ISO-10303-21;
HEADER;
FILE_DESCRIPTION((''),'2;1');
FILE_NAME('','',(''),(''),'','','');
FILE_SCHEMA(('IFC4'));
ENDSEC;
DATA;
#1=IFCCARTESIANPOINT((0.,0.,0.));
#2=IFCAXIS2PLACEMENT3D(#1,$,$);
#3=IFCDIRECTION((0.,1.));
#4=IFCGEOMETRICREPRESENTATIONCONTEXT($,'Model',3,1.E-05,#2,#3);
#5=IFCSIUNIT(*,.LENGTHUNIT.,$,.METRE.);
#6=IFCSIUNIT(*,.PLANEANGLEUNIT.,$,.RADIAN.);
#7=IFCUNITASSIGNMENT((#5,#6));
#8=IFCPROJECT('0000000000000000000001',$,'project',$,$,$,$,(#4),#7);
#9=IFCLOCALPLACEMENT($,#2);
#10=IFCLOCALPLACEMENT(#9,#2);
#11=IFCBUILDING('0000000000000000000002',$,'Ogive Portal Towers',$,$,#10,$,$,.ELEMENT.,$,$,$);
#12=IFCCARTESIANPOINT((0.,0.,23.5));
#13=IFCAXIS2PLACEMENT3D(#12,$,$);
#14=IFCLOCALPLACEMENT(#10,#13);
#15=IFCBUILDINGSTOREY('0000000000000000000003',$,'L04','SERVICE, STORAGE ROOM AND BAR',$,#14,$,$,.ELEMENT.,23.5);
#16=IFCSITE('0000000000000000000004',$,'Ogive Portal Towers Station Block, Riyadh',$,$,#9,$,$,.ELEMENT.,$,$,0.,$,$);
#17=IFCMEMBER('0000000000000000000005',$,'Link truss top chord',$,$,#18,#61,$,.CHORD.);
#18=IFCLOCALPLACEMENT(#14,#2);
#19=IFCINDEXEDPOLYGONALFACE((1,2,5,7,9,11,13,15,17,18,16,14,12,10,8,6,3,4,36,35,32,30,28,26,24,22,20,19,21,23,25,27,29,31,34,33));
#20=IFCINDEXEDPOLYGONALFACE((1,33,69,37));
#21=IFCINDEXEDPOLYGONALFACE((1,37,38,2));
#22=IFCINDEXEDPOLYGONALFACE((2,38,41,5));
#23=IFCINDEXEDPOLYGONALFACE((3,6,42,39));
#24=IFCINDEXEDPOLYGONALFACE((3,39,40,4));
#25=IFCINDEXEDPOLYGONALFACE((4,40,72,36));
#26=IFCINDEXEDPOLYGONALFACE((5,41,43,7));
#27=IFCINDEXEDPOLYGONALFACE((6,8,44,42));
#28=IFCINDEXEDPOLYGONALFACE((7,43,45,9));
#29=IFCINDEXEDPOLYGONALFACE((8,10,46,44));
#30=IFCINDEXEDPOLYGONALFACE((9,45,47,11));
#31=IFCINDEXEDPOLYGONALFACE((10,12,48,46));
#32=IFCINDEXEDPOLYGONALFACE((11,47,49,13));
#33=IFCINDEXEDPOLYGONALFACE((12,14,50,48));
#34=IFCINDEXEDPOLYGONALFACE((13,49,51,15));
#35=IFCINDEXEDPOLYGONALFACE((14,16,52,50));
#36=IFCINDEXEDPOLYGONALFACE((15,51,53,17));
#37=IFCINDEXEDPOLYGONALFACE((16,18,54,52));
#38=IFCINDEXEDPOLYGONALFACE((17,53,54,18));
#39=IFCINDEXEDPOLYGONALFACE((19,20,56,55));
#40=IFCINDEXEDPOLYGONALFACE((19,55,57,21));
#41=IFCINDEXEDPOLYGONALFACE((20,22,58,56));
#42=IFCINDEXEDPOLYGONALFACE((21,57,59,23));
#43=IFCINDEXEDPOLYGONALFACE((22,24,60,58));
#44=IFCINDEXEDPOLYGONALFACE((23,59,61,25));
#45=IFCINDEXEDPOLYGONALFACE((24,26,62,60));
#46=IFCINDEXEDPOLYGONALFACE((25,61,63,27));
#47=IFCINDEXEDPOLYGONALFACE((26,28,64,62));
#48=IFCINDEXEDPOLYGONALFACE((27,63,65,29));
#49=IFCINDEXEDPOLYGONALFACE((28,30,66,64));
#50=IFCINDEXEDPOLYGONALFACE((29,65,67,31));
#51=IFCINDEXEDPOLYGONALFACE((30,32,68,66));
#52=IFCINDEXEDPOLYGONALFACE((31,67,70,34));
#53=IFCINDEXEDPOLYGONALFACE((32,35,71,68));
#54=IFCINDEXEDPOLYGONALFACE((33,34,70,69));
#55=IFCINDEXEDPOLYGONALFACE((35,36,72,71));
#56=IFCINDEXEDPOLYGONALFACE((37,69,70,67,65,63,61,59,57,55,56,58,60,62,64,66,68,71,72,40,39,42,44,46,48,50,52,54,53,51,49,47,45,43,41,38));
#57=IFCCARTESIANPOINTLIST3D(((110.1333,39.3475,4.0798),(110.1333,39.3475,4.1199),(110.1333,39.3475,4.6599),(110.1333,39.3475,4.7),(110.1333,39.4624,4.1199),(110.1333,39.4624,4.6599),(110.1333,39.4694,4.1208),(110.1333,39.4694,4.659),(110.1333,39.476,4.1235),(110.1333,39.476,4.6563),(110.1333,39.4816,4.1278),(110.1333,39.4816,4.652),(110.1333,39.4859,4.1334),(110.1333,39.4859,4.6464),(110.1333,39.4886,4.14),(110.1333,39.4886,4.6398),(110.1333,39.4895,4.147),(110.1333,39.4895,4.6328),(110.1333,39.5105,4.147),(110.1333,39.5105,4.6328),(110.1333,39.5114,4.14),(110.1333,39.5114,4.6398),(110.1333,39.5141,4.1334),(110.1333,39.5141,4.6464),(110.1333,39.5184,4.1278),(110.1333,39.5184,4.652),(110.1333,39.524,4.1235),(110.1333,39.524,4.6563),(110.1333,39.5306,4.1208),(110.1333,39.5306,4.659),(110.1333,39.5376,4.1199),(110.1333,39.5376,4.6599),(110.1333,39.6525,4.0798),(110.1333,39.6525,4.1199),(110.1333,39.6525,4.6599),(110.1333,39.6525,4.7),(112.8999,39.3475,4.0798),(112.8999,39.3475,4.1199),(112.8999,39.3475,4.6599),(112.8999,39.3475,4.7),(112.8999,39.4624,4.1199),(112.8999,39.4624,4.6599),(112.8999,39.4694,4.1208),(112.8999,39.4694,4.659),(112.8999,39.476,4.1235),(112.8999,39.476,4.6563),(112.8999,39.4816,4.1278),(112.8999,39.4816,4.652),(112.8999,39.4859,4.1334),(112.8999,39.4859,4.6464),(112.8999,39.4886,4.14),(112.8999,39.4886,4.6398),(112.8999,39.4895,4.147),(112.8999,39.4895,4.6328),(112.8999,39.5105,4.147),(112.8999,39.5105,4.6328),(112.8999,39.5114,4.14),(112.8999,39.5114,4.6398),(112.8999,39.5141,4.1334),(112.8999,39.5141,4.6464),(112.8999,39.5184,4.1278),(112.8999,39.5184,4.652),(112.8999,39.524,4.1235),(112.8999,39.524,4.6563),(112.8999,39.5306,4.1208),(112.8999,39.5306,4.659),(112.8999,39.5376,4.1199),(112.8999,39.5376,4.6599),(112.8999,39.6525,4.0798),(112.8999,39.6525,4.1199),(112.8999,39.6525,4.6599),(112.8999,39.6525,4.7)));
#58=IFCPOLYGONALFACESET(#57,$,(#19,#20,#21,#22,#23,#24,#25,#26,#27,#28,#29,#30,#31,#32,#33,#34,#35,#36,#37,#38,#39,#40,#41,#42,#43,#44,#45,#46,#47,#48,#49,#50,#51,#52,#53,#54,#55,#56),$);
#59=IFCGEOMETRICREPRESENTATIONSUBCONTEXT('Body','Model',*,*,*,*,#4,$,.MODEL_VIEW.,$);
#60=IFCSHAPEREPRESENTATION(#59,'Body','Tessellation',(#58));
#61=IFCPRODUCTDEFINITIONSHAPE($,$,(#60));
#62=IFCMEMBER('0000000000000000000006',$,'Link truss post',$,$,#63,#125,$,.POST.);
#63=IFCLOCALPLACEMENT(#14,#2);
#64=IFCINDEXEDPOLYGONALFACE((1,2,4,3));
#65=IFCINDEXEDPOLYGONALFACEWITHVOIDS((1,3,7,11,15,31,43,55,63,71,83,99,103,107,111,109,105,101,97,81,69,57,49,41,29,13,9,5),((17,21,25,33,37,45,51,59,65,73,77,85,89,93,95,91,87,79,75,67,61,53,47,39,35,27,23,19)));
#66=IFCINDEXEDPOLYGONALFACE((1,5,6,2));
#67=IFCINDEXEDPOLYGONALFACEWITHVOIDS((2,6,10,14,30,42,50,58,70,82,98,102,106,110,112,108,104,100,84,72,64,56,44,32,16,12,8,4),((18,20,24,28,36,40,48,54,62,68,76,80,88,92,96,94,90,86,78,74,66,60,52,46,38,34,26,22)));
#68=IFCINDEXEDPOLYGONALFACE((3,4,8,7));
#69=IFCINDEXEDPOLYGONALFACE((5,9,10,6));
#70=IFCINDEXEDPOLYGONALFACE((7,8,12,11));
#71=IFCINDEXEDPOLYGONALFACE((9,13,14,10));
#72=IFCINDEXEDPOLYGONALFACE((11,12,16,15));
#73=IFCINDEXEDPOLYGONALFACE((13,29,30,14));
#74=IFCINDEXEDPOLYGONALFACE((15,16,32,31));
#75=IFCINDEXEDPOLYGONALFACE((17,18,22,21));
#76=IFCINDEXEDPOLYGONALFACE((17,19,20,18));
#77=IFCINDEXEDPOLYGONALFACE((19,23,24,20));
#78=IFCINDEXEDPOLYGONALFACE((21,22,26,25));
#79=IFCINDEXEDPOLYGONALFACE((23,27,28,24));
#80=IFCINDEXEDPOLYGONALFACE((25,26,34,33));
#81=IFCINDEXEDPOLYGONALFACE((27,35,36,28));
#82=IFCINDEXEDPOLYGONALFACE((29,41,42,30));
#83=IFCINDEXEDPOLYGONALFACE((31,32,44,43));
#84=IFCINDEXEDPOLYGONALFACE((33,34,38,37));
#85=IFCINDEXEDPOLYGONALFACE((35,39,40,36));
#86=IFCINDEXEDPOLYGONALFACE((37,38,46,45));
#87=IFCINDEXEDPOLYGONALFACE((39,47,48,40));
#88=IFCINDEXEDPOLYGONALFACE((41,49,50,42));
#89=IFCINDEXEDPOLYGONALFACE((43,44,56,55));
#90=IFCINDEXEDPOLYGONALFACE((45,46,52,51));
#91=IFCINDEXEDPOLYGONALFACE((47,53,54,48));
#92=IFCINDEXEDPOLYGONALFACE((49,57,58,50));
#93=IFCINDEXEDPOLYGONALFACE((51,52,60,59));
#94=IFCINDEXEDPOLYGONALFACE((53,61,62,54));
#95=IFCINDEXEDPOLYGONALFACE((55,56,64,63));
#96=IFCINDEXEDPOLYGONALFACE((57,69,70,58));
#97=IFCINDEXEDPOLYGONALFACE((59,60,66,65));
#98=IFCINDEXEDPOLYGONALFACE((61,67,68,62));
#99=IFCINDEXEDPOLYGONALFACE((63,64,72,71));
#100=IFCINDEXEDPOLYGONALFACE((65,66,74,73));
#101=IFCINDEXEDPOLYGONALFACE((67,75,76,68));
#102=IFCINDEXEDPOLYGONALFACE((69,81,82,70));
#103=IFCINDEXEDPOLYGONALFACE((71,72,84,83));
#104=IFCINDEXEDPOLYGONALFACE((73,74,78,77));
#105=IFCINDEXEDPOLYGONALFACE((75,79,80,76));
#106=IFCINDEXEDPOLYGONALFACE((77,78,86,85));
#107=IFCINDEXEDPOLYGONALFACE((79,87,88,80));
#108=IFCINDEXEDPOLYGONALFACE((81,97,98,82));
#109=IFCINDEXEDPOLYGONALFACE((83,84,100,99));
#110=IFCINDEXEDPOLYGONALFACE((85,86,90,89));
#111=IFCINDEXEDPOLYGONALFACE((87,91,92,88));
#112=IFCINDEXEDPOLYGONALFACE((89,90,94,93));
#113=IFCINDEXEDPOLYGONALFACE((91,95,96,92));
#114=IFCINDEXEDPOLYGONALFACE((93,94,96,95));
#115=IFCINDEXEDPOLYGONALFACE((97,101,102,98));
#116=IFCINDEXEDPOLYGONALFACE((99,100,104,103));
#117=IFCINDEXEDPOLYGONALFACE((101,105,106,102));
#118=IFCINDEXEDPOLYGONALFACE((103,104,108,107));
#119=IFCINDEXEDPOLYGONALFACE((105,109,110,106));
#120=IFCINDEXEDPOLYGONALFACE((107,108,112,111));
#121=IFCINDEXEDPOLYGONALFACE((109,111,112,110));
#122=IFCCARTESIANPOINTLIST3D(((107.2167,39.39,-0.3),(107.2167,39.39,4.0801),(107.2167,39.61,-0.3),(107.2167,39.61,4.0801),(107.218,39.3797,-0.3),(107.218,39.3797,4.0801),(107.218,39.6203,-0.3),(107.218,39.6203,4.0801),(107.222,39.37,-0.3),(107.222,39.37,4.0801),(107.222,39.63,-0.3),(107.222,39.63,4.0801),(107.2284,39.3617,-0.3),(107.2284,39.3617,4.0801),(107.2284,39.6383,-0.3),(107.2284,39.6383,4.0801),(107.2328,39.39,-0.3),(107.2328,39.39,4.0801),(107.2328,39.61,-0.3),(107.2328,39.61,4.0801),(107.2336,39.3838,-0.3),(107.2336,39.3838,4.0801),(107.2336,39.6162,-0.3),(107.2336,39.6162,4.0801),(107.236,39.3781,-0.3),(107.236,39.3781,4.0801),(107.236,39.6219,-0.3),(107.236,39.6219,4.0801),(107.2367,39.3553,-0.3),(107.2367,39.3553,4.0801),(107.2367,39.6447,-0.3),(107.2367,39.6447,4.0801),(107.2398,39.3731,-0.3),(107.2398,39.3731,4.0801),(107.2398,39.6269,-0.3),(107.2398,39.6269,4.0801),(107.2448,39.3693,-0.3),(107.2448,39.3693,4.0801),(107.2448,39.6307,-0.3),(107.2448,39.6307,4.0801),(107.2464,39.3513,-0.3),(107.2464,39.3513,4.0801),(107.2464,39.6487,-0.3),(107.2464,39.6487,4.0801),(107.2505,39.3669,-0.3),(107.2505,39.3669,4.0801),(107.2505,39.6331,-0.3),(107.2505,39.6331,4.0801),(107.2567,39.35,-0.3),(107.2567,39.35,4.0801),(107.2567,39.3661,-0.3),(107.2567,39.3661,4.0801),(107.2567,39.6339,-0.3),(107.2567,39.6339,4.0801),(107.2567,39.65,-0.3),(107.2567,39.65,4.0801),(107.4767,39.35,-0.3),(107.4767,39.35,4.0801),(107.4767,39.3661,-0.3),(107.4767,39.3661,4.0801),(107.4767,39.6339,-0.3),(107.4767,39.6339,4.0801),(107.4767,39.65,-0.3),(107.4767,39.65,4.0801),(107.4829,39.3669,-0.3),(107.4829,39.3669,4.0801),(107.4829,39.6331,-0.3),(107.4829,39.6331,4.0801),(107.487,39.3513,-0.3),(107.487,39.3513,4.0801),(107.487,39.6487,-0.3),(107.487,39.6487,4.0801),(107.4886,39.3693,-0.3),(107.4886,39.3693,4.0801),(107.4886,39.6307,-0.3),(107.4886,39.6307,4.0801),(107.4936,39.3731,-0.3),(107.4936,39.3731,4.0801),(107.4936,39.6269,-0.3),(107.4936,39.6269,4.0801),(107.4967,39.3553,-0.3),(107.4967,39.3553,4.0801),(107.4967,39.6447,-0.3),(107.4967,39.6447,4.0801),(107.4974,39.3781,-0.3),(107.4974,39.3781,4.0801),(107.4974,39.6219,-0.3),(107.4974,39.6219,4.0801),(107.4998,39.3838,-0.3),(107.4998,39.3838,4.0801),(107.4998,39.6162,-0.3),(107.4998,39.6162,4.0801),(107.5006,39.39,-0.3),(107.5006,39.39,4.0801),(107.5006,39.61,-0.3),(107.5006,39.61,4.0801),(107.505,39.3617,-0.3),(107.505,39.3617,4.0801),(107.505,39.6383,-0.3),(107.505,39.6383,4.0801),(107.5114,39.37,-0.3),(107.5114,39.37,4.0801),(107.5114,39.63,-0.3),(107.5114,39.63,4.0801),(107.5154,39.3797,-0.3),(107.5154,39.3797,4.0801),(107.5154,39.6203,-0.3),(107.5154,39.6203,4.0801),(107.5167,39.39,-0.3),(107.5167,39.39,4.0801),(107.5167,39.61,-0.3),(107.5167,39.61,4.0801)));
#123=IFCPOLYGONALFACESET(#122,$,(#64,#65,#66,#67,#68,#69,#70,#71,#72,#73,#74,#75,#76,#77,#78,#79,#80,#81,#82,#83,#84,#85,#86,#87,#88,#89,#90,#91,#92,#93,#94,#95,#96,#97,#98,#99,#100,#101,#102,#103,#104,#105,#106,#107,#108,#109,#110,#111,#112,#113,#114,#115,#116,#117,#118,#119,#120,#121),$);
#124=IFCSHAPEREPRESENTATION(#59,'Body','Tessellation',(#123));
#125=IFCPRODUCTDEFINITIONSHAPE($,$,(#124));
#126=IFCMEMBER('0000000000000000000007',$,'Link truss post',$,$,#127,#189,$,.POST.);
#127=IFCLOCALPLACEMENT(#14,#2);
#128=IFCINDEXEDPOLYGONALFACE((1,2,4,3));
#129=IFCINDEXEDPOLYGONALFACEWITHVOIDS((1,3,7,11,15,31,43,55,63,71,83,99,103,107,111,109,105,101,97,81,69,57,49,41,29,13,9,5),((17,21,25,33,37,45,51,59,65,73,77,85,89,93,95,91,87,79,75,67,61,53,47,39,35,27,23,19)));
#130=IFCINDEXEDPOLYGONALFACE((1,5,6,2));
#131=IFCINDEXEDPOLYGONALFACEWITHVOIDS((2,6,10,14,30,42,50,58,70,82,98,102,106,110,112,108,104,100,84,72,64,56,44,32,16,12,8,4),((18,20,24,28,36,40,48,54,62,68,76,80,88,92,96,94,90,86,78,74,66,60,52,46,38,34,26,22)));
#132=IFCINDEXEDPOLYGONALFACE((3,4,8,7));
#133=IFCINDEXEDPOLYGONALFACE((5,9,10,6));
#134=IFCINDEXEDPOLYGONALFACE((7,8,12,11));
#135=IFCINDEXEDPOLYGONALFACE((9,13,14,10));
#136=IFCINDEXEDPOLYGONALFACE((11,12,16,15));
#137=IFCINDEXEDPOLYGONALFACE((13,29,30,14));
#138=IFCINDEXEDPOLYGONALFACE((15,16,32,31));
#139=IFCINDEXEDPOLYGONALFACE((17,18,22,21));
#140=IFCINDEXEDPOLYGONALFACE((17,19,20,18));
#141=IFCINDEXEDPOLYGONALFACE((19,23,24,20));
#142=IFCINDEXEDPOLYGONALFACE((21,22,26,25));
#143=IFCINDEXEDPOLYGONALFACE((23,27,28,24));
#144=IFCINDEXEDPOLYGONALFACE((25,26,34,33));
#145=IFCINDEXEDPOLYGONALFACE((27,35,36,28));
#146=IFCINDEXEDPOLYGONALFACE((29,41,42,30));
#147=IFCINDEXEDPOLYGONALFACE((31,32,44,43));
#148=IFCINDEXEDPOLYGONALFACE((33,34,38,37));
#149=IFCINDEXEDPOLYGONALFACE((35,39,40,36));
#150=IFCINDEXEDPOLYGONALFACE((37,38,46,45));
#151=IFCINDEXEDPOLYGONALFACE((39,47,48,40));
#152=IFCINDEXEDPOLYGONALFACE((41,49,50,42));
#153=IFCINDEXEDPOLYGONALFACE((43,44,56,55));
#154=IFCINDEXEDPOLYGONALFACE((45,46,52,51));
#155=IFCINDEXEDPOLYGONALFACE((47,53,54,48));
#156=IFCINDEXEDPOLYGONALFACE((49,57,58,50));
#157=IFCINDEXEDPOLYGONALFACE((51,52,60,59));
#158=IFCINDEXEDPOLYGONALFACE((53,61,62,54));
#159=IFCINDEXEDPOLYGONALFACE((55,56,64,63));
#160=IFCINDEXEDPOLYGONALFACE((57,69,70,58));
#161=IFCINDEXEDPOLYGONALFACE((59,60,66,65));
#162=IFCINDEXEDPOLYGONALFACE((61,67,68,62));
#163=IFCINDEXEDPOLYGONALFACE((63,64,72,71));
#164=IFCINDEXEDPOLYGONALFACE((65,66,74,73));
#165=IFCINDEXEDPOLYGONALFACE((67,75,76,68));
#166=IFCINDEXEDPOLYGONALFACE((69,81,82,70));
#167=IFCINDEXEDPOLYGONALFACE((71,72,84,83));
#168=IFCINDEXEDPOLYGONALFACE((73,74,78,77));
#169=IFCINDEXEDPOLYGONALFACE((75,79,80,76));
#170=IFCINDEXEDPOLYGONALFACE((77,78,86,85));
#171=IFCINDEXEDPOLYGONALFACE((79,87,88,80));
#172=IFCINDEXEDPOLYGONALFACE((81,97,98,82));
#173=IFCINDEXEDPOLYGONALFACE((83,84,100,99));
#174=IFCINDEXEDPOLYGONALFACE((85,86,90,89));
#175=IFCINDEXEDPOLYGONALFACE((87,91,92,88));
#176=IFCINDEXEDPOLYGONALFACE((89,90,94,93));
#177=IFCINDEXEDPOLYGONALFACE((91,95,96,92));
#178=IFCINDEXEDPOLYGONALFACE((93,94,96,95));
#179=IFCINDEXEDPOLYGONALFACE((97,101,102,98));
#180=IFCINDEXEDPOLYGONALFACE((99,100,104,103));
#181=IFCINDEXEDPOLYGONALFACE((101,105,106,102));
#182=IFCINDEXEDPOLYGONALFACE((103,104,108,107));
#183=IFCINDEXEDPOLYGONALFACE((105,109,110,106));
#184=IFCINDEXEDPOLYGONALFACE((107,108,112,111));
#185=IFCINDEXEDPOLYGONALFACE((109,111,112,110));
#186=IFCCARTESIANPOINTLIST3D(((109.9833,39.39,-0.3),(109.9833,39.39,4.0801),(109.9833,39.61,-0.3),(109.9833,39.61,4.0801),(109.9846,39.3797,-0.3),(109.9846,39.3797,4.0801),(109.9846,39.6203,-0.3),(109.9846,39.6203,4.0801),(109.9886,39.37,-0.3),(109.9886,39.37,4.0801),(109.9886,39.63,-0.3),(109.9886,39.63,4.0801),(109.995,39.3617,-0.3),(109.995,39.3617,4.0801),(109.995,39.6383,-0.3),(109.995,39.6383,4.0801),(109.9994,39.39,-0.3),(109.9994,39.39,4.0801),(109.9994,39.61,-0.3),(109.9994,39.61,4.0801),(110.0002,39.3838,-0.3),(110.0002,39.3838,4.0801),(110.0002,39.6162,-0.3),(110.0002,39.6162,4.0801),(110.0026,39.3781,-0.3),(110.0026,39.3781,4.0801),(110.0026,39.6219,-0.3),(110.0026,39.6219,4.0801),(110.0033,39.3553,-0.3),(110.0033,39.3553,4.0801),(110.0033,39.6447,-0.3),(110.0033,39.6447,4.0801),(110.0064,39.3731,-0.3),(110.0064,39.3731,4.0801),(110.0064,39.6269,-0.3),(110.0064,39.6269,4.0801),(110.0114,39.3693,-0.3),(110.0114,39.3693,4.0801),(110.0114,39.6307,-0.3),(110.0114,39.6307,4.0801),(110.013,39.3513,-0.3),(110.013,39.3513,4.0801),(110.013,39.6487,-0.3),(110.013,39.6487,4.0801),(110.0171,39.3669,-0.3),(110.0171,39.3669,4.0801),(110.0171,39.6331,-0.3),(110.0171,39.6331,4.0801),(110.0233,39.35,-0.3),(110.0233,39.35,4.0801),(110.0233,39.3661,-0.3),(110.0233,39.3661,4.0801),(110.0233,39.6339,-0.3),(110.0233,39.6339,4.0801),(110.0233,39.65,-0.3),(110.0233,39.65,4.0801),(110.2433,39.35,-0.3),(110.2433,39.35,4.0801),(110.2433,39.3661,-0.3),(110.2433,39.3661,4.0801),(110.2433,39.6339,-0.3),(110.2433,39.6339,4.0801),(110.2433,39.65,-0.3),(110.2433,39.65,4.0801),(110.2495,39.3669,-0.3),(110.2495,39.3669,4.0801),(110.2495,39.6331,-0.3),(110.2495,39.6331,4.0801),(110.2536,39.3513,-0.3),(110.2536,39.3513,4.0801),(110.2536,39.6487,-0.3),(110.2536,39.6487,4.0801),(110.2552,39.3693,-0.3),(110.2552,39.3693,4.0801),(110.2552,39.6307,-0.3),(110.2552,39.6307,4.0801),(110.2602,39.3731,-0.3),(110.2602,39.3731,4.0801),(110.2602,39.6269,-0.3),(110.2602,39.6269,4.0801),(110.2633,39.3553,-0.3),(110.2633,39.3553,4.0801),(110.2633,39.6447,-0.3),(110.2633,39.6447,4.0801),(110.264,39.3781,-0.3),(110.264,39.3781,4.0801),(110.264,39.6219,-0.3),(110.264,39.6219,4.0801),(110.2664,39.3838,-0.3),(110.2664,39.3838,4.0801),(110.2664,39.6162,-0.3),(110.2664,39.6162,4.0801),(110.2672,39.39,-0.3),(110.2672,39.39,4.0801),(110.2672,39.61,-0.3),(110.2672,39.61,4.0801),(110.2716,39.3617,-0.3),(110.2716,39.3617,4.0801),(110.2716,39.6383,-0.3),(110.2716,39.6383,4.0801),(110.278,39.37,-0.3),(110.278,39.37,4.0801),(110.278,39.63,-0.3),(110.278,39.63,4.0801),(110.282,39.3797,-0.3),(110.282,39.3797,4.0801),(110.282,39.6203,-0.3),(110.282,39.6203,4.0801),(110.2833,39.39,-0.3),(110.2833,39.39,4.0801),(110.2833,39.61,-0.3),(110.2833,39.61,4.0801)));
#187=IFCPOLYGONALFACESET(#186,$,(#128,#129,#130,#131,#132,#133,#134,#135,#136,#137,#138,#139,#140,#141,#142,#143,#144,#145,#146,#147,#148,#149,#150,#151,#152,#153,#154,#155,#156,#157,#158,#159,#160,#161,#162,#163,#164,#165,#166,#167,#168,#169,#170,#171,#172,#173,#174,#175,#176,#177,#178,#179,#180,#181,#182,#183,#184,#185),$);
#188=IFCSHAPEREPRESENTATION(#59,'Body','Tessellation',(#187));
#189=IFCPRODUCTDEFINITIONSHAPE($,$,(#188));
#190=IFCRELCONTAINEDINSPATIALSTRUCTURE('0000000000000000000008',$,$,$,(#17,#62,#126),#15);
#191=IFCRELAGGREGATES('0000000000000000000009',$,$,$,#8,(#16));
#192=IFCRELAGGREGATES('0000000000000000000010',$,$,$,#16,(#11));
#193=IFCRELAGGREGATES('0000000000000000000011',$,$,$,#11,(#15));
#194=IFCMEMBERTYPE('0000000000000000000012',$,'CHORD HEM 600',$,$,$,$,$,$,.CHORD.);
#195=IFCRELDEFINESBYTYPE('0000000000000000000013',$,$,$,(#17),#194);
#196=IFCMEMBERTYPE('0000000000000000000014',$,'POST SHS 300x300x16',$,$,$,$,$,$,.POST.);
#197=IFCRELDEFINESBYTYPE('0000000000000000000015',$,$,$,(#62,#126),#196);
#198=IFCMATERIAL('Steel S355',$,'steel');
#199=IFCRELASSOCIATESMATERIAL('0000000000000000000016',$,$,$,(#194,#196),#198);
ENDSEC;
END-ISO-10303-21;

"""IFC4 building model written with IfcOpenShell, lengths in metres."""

from ifc_helpers import new_model, si_unit, direction, frame, origin, origin_2d, place, context, subcontext, project, spatial, hollow_rectangle, i_section, extrude, material, material_profile, profile_set, type_object, element, save


model = new_model("IFC4")

# Units and contexts
model_context = context("Model", 3, precision=1e-05, world=origin(), true_north=direction((0.0, 1.0)))
body_context = subcontext(model_context, "Body", "Model", "MODEL_VIEW")
ifc_project = project(units=[si_unit("LENGTHUNIT", "METRE"), si_unit("PLANEANGLEUNIT", "RADIAN")], contexts=[model_context])

# Site, building, storey
site_placement = place(None, origin())
site = spatial("IfcSite", under=ifc_project, at=site_placement, Name="Ogive Portal Towers Station Block, Riyadh", CompositionType="ELEMENT", RefElevation=0.0)
building_placement = place(site_placement, origin())
building = spatial("IfcBuilding", under=site, at=building_placement, Name="Ogive Portal Towers", CompositionType="ELEMENT")
storey_placement = place(building_placement, frame((0.0, 0.0, 23.5)))
storey = spatial("IfcBuildingStorey", under=building, at=storey_placement, Name="L04", Description="SERVICE, STORAGE ROOM AND BAR", CompositionType="ELEMENT", Elevation=23.5)

# Members
ifc_material_1 = material(Name="Steel S355", Category="steel")
ifc_material_profile_1 = material_profile(ifc_material_1, i_section(OverallWidth=0.3049, OverallDepth=0.6201, WebThickness=0.021, FlangeThickness=0.04, FilletRadius=0.0271, at=origin_2d()), Name="HEM 600")
ifc_profile_set_1 = profile_set([ifc_material_profile_1], Name="Steel S355")
member_type_1 = type_object("IfcMemberType", Name="CHORD HEM 600", PredefinedType="CHORD", material=ifc_profile_set_1)
for number, where, z_axis, x_axis, name in (
    (1, (110.1333, 39.5, 4.3899), (1.0, 0.0, 0.0), (0.0, 1.0, 0.0), "Link truss top chord"),
):
    element("IfcMember", number, at=place(storey_placement, frame(where, z_axis=z_axis, x_axis=x_axis)), inside=storey, type_object=member_type_1, Name=name, PredefinedType="CHORD", context=body_context, shape_type="SweptSolid", body=[
        extrude(i_section(OverallWidth=0.3049, OverallDepth=0.6201, WebThickness=0.021, FlangeThickness=0.04, FilletRadius=0.0271, at=origin_2d()), origin(), (0.0, 0.0, 1.0), 2.7666),
    ])
ifc_material_profile_2 = material_profile(ifc_material_1, hollow_rectangle(XDim=0.3, YDim=0.3, WallThickness=0.0161, InnerFilletRadius=0.0239, OuterFilletRadius=0.04, at=origin_2d()), Name="SHS 300x300x16")
ifc_profile_set_2 = profile_set([ifc_material_profile_2], Name="Steel S355")
member_type_2 = type_object("IfcMemberType", Name="POST SHS 300x300x16", PredefinedType="POST", material=ifc_profile_set_2)
for number, where, z_axis, x_axis, name in (
    (2, (107.3667, 39.5, -0.3), (0.0, 0.0, 1.0), (1.0, 0.0, 0.0), "Link truss post"),
    (3, (110.1333, 39.5, -0.3), (0.0, 0.0, 1.0), (1.0, 0.0, 0.0), "Link truss post"),
):
    element("IfcMember", number, at=place(storey_placement, frame(where, z_axis=z_axis, x_axis=x_axis)), inside=storey, type_object=member_type_2, Name=name, PredefinedType="POST", context=body_context, shape_type="SweptSolid", body=[
        extrude(hollow_rectangle(XDim=0.3, YDim=0.3, WallThickness=0.0161, InnerFilletRadius=0.0239, OuterFilletRadius=0.04, at=origin_2d()), origin(), (0.0, 0.0, 1.0), 4.3801),
    ])

save(model, "model.ifc")
